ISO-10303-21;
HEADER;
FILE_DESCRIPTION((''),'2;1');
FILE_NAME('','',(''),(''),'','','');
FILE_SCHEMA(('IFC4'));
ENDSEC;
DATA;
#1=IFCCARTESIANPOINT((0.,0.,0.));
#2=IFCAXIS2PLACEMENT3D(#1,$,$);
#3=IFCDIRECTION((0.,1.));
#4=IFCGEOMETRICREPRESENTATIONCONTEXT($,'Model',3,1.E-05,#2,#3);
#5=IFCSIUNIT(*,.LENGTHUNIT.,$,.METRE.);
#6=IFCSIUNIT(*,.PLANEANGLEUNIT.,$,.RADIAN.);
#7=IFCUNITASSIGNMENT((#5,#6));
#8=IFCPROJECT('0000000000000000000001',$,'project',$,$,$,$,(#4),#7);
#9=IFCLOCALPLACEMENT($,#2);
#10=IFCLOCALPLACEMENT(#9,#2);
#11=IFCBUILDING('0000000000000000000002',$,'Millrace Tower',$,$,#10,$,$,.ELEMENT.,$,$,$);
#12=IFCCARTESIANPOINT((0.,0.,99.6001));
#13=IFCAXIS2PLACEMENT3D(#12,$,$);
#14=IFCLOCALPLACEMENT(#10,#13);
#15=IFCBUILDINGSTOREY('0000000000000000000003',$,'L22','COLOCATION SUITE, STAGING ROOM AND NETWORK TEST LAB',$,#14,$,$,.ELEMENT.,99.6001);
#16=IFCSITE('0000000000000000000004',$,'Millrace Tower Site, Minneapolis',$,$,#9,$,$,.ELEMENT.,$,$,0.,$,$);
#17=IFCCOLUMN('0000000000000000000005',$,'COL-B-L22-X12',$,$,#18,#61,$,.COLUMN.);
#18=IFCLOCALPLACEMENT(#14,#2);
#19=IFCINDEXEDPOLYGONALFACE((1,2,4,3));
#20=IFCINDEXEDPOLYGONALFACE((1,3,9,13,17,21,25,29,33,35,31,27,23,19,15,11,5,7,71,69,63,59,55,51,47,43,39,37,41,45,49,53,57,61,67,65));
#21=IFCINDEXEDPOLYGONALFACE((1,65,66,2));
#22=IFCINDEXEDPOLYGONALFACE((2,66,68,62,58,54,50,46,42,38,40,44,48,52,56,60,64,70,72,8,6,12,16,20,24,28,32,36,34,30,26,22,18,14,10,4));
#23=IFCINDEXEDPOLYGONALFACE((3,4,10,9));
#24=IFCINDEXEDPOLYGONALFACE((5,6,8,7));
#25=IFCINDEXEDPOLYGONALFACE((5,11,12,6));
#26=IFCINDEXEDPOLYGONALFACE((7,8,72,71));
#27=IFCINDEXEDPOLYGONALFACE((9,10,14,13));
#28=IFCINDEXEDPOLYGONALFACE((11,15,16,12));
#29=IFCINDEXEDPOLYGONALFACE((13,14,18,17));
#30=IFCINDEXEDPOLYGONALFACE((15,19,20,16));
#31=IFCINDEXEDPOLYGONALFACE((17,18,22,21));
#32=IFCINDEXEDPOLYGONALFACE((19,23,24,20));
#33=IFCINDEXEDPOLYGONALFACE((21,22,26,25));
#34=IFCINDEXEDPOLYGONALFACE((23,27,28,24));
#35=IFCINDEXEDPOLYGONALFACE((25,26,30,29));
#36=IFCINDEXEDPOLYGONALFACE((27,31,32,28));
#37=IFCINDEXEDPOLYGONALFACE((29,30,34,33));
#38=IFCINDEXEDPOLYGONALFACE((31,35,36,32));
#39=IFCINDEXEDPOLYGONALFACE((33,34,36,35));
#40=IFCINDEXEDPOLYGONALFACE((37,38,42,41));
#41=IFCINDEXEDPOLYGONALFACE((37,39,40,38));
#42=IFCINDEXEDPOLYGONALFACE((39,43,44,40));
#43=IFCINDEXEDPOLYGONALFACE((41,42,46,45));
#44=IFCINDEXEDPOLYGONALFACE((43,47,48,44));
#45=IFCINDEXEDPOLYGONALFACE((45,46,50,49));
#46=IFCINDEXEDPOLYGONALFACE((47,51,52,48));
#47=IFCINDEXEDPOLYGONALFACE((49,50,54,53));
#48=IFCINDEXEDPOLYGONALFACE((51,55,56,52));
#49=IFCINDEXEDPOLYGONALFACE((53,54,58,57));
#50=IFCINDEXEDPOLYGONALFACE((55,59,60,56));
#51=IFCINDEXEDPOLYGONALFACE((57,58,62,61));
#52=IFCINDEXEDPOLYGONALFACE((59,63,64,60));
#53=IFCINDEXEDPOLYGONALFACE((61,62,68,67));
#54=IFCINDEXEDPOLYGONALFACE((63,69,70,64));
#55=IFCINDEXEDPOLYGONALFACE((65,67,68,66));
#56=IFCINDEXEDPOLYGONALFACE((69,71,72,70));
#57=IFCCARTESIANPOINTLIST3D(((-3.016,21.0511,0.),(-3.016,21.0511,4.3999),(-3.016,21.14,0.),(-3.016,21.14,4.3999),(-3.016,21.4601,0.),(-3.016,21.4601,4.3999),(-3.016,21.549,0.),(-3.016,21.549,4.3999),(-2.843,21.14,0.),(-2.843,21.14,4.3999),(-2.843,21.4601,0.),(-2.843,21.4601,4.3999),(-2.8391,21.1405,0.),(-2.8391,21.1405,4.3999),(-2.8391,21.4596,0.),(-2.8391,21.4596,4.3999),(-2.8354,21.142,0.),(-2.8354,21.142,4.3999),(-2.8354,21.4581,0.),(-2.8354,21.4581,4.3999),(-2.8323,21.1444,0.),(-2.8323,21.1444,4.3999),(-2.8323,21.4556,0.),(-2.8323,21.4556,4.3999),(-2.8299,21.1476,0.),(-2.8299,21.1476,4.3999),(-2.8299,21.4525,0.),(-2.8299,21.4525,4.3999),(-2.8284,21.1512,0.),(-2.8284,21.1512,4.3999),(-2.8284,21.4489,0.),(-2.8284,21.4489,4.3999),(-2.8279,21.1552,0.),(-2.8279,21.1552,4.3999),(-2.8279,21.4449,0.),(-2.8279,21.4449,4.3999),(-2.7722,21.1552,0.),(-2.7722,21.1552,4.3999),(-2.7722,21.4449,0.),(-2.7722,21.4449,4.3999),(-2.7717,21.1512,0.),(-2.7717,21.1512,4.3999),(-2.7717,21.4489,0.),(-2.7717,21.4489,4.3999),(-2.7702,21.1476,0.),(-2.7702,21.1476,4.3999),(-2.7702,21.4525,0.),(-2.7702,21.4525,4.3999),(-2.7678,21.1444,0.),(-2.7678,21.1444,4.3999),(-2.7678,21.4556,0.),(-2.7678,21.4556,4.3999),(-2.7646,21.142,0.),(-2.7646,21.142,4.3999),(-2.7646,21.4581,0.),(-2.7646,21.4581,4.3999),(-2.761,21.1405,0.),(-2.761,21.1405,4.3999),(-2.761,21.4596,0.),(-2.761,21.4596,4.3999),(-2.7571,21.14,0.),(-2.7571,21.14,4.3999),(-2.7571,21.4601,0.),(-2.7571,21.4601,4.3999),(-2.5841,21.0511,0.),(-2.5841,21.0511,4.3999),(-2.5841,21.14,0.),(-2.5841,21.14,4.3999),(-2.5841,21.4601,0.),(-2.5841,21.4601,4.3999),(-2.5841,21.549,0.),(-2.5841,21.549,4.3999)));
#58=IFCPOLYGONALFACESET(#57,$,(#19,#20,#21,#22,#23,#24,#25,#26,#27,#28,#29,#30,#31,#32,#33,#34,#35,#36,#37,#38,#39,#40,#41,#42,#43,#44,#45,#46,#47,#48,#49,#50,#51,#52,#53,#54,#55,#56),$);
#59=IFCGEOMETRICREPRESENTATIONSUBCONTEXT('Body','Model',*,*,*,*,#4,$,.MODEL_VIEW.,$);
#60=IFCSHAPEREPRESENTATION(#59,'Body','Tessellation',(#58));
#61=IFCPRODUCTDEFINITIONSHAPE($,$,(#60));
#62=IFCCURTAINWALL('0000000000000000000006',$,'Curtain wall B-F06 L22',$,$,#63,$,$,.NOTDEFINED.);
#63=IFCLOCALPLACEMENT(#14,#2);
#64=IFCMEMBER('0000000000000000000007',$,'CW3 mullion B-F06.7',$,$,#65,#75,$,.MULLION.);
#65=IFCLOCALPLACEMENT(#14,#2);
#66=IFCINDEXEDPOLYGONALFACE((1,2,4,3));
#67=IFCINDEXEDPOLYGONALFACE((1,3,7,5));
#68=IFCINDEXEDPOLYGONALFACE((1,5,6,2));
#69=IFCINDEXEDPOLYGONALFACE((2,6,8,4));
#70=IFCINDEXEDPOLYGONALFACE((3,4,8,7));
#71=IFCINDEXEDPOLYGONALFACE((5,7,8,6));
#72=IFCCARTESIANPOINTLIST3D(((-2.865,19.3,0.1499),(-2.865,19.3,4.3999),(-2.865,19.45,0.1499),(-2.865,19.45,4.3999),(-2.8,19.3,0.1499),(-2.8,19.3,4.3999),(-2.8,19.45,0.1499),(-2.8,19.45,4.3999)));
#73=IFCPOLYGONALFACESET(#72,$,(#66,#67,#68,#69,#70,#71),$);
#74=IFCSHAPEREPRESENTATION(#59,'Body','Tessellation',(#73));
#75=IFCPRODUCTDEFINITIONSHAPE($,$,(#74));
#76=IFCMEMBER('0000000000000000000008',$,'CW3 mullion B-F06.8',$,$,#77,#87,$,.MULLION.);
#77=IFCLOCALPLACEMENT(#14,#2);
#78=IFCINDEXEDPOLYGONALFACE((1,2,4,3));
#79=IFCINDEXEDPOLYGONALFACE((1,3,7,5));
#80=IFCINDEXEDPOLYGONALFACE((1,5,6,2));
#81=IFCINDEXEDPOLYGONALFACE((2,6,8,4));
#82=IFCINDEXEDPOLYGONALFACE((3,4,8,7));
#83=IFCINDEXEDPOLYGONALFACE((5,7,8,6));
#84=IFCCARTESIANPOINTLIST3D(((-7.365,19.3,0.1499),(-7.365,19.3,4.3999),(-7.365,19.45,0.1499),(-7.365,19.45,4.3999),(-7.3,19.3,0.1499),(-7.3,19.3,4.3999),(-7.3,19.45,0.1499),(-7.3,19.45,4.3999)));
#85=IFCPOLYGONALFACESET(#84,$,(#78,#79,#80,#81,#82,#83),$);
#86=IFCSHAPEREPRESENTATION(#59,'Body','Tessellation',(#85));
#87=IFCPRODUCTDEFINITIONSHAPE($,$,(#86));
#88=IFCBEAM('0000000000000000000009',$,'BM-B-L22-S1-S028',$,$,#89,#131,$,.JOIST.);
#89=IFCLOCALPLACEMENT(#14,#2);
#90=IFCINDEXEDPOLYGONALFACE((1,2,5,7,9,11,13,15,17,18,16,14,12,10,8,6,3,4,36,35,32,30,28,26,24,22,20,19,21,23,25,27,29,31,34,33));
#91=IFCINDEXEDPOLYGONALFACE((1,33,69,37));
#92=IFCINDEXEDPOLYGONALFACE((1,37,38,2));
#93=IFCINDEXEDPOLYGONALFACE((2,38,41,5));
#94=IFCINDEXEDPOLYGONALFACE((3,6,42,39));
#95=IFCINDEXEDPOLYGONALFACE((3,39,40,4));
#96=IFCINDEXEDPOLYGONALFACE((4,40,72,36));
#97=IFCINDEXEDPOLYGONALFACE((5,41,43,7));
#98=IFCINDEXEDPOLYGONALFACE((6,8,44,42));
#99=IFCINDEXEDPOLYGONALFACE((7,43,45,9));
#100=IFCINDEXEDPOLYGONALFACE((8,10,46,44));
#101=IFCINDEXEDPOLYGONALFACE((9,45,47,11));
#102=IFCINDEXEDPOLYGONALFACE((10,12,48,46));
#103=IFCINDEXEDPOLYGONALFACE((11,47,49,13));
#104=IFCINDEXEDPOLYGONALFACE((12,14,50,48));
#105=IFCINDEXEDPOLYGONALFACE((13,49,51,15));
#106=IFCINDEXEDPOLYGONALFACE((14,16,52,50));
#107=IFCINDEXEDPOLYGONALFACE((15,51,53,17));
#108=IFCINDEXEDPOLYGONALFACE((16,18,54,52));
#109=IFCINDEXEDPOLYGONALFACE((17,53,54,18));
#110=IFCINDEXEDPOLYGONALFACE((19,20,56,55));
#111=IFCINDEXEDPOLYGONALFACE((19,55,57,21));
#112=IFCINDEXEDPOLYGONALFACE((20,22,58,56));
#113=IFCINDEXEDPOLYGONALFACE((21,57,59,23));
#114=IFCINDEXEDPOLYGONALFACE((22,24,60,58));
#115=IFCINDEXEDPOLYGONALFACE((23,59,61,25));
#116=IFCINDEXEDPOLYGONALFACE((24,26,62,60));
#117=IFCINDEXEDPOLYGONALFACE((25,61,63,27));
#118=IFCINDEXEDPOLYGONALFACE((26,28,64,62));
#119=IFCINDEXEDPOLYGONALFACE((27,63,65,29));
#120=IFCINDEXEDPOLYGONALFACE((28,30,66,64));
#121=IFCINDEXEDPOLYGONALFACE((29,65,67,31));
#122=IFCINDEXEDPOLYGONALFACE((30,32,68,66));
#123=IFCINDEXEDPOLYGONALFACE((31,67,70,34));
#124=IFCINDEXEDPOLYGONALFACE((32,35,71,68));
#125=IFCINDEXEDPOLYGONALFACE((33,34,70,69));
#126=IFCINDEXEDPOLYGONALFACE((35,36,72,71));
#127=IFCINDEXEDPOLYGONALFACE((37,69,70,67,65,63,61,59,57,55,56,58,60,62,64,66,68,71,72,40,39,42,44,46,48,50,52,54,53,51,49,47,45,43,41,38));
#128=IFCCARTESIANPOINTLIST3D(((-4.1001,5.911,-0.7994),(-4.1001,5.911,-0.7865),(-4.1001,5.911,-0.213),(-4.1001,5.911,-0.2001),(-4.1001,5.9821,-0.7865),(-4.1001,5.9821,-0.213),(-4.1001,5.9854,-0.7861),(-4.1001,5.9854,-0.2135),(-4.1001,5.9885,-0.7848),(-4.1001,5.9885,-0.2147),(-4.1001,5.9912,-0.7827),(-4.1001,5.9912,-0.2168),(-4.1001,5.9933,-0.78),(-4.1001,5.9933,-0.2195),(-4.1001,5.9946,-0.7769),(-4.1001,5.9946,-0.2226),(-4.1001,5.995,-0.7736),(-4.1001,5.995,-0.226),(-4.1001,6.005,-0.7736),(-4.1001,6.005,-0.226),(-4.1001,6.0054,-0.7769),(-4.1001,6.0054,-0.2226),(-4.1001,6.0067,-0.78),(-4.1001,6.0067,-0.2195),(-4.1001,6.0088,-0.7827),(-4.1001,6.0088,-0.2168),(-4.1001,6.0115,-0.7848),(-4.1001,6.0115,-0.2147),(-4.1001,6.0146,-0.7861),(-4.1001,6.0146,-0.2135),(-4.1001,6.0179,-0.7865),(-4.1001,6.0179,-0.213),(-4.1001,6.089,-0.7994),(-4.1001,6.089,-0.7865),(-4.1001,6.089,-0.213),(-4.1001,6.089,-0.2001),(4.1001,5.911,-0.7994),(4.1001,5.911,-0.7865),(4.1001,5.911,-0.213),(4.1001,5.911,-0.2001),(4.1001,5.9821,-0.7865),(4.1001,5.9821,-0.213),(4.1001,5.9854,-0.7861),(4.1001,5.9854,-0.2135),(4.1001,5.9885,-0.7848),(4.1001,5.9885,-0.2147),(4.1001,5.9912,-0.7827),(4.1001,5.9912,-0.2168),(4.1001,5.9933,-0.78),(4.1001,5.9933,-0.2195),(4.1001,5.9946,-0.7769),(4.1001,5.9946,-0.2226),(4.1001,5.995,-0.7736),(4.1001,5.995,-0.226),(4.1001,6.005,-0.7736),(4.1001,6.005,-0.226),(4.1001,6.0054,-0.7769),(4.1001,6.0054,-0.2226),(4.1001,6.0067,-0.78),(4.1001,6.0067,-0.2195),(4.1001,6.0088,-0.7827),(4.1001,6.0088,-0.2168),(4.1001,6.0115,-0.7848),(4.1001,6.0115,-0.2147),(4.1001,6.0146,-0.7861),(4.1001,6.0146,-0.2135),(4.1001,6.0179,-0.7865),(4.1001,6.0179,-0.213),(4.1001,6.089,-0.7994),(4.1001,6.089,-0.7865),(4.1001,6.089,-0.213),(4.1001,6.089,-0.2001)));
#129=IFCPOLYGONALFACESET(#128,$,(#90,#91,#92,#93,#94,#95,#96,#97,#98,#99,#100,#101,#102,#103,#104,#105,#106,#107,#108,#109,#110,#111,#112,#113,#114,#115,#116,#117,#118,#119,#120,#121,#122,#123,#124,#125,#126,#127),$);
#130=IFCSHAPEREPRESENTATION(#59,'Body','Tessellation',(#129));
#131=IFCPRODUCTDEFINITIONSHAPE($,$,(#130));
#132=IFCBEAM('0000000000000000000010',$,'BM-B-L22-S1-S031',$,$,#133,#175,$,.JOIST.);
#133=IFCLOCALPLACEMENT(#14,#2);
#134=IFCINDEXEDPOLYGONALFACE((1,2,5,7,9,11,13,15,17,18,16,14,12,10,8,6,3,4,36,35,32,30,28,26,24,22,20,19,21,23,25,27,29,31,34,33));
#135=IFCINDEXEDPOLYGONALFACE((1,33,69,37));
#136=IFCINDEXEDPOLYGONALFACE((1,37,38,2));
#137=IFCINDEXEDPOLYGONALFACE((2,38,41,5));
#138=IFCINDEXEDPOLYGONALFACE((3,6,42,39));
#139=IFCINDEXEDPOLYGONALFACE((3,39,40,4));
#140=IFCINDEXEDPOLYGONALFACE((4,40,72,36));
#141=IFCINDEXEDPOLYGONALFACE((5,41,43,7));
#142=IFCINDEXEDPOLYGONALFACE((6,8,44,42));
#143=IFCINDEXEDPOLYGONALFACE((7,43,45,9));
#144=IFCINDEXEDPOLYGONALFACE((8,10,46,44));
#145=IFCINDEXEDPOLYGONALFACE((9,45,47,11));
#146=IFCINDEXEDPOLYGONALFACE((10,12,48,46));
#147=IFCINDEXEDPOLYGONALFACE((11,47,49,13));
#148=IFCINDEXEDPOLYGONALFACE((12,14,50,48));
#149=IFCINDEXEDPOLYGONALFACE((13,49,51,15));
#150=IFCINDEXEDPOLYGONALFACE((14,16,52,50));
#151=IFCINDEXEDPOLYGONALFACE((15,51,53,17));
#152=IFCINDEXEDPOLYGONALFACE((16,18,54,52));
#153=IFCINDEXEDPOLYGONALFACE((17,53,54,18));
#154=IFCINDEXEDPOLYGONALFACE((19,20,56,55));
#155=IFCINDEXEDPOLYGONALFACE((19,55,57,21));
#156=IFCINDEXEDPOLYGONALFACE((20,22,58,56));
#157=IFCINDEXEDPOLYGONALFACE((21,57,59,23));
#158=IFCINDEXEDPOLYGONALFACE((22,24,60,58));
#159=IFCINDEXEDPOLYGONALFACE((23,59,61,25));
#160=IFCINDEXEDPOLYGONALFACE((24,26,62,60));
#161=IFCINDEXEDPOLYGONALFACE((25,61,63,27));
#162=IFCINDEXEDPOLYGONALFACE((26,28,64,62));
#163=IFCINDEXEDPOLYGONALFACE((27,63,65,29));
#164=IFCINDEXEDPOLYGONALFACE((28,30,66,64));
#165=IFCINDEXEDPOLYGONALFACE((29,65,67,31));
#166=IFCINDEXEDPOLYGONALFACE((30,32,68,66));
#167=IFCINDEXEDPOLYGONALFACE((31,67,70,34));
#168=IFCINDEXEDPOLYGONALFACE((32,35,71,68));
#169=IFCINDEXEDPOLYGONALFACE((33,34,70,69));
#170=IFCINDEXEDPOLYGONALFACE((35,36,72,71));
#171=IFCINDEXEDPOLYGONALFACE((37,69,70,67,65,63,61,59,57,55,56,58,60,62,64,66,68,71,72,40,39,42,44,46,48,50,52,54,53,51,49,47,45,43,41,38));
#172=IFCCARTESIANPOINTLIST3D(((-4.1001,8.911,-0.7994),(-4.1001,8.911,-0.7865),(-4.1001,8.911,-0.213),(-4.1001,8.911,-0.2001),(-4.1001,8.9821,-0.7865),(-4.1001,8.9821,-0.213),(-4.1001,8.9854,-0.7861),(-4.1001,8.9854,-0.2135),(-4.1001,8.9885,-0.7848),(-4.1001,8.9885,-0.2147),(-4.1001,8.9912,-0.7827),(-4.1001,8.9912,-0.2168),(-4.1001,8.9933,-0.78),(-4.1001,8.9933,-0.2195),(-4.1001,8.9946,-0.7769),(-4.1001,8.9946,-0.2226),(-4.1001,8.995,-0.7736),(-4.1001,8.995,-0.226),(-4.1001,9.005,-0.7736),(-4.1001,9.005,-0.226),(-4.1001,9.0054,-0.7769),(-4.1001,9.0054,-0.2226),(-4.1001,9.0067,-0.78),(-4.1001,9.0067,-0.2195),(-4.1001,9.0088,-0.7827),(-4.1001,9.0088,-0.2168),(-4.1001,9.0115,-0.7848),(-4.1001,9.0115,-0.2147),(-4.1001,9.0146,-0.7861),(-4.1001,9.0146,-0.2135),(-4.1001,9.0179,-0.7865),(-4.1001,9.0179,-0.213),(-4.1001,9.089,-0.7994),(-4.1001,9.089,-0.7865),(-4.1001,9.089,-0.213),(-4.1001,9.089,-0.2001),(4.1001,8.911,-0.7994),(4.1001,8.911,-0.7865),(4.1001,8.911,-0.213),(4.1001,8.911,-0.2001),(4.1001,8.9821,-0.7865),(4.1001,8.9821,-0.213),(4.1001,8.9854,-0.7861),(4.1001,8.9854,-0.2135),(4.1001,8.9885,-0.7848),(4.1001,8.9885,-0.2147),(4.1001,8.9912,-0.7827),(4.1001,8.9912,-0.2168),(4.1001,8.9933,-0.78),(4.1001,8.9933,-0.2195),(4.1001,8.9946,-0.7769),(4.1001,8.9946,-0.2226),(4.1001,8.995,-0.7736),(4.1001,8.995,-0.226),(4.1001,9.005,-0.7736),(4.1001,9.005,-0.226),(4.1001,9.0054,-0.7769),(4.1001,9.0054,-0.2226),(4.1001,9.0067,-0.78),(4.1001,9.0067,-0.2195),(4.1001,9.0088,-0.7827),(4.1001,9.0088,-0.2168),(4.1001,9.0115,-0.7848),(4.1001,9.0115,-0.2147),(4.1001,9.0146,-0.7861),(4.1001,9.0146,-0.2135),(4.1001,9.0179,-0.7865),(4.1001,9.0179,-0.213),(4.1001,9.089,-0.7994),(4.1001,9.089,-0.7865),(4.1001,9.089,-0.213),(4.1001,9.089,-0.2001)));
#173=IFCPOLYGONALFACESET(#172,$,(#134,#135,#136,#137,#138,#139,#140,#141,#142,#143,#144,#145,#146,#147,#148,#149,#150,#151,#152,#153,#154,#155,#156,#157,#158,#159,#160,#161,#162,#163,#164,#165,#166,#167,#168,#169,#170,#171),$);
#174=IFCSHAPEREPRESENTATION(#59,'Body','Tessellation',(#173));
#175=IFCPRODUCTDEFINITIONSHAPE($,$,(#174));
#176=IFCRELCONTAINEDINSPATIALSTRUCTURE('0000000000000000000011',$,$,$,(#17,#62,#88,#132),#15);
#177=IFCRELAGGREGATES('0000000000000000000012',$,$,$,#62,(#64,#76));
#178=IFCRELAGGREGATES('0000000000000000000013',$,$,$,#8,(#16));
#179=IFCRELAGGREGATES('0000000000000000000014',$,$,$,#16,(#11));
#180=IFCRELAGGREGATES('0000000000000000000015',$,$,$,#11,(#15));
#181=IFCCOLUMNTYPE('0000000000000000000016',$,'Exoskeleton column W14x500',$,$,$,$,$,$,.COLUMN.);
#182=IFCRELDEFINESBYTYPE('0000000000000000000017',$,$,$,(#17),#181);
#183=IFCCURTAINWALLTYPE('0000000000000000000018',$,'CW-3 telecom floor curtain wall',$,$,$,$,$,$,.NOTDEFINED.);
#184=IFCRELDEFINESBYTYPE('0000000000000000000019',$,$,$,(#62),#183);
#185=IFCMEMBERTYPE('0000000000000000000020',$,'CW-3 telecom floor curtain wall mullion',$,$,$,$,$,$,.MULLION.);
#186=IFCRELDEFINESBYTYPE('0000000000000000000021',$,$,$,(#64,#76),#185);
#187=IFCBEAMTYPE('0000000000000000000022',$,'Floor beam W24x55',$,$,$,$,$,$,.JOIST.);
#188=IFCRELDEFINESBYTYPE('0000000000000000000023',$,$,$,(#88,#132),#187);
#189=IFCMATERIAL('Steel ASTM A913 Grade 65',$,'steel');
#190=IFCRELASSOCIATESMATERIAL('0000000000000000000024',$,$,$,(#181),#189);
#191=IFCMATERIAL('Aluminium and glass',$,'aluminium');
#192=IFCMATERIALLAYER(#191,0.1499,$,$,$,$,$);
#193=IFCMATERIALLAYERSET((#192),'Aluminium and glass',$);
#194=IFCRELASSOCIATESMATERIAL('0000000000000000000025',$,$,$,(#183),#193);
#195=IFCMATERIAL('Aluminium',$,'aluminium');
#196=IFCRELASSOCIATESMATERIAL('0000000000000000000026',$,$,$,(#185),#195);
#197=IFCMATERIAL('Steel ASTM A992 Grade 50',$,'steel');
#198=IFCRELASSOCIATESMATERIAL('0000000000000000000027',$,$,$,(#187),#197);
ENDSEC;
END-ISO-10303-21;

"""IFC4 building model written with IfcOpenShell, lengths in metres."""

from ifc_helpers import new_model, si_unit, direction, frame, origin, origin_2d, place, context, subcontext, project, spatial, rectangle, i_section, extrude, material, layer, layer_set, material_profile, profile_set, type_object, element, aggregate, save


model = new_model("IFC4")

# Units and contexts
model_context = context("Model", 3, precision=1e-05, world=origin(), true_north=direction((0.0, 1.0)))
body_context = subcontext(model_context, "Body", "Model", "MODEL_VIEW")
ifc_project = project(units=[si_unit("LENGTHUNIT", "METRE"), si_unit("PLANEANGLEUNIT", "RADIAN")], contexts=[model_context])

# Site, building, storey
site_placement = place(None, origin())
site = spatial("IfcSite", under=ifc_project, at=site_placement, Name="Millrace Tower Site, Minneapolis", CompositionType="ELEMENT", RefElevation=0.0)
building_placement = place(site_placement, origin())
building = spatial("IfcBuilding", under=site, at=building_placement, Name="Millrace Tower", CompositionType="ELEMENT")
storey_placement = place(building_placement, frame((0.0, 0.0, 99.6001)))
storey = spatial("IfcBuildingStorey", under=building, at=storey_placement, Name="L22", Description="COLOCATION SUITE, STAGING ROOM AND NETWORK TEST LAB", CompositionType="ELEMENT", Elevation=99.6001)

# Column
ifc_material_1 = material(Name="Steel ASTM A913 Grade 65", Category="steel")
ifc_material_profile_1 = material_profile(ifc_material_1, i_section(OverallWidth=0.4319, OverallDepth=0.4978, WebThickness=0.0557, FlangeThickness=0.0889, FilletRadius=0.0151, at=origin_2d()))
ifc_profile_set_1 = profile_set([ifc_material_profile_1], Name="Steel ASTM A913 Grade 65")
column_type = type_object("IfcColumnType", Name="Exoskeleton column W14x500", PredefinedType="COLUMN", material=ifc_profile_set_1)
column_placement = place(storey_placement, frame((-2.8, 21.3, 0.0), z_axis=(0.0, 0.0, 1.0), x_axis=(-1.0, 0.0, 0.0)))
element("IfcColumn", 1, at=column_placement, inside=storey, type_object=column_type, Name="COL-B-L22-X12", PredefinedType="COLUMN", context=body_context, shape_type="SweptSolid", body=[
    extrude(i_section(OverallWidth=0.4319, OverallDepth=0.4978, WebThickness=0.0557, FlangeThickness=0.0889, FilletRadius=0.0151, at=origin_2d()), origin(), (0.0, 0.0, 1.0), 4.3999),
])

# Curtain wall, members
ifc_material_2 = material(Name="Aluminium and glass", Category="aluminium")
ifc_layer_1 = layer(ifc_material_2, 0.1499)
ifc_layer_set_1 = layer_set([ifc_layer_1], Name="Aluminium and glass")
curtain_wall_type = type_object("IfcCurtainWallType", Name="CW-3 telecom floor curtain wall", PredefinedType="NOTDEFINED", material=ifc_layer_set_1)
placement = place(storey_placement, origin())
curtain_wall = element("IfcCurtainWall", 2, at=placement, inside=storey, type_object=curtain_wall_type, Name="Curtain wall B-F06 L22", PredefinedType="NOTDEFINED")
ifc_material_3 = material(Name="Aluminium", Category="aluminium")
ifc_material_profile_2 = material_profile(ifc_material_3, rectangle(XDim=0.0649, YDim=0.1499, at=origin_2d()))
ifc_profile_set_2 = profile_set([ifc_material_profile_2], Name="Aluminium")
member_type = type_object("IfcMemberType", Name="CW-3 telecom floor curtain wall mullion", PredefinedType="MULLION", material=ifc_profile_set_2)
member_1_placement = place(storey_placement, frame((-2.8325, 19.375, 0.1499), z_axis=(0.0, 0.0, 1.0), x_axis=(-1.0, 0.0, 0.0)))
member_1 = element("IfcMember", 3, at=member_1_placement, type_object=member_type, Name="CW3 mullion B-F06.7", PredefinedType="MULLION", context=body_context, shape_type="SweptSolid", body=[
    extrude(rectangle(XDim=0.0649, YDim=0.1499, at=origin_2d()), origin(), (0.0, 0.0, 1.0), 4.25),
])
member_2_placement = place(storey_placement, frame((-7.3325, 19.375, 0.1499), z_axis=(0.0, 0.0, 1.0), x_axis=(-1.0, 0.0, 0.0)))
member_2 = element("IfcMember", 4, at=member_2_placement, type_object=member_type, Name="CW3 mullion B-F06.8", PredefinedType="MULLION", context=body_context, shape_type="SweptSolid", body=[
    extrude(rectangle(XDim=0.0649, YDim=0.1499, at=origin_2d()), origin(), (0.0, 0.0, 1.0), 4.25),
])
aggregate(curtain_wall, [member_1, member_2])

# Beams
ifc_material_4 = material(Name="Steel ASTM A992 Grade 50", Category="steel")
ifc_material_profile_3 = material_profile(ifc_material_4, i_section(OverallWidth=0.178, OverallDepth=0.5994, WebThickness=0.01, FlangeThickness=0.0129, FilletRadius=0.0129, at=origin_2d()))
ifc_profile_set_3 = profile_set([ifc_material_profile_3], Name="Steel ASTM A992 Grade 50")
beam_type_1 = type_object("IfcBeamType", Name="Floor beam W24x55", PredefinedType="JOIST", material=ifc_profile_set_3)
for number, where, z_axis, x_axis, name in (
    (5, (-4.1001, 6.0, -0.4998), (1.0, 0.0, 0.0), (0.0, 1.0, 0.0), "BM-B-L22-S1-S028"),
    (6, (-4.1001, 9.0, -0.4998), (1.0, 0.0, 0.0), (0.0, 1.0, 0.0), "BM-B-L22-S1-S031"),
):
    element("IfcBeam", number, at=place(storey_placement, frame(where, z_axis=z_axis, x_axis=x_axis)), inside=storey, type_object=beam_type_1, Name=name, PredefinedType="JOIST", context=body_context, shape_type="SweptSolid", body=[
        extrude(i_section(OverallWidth=0.178, OverallDepth=0.5994, WebThickness=0.01, FlangeThickness=0.0129, FilletRadius=0.0129, at=origin_2d()), origin(), (0.0, 0.0, 1.0), 8.2002),
    ])

save(model, "model.ifc")
